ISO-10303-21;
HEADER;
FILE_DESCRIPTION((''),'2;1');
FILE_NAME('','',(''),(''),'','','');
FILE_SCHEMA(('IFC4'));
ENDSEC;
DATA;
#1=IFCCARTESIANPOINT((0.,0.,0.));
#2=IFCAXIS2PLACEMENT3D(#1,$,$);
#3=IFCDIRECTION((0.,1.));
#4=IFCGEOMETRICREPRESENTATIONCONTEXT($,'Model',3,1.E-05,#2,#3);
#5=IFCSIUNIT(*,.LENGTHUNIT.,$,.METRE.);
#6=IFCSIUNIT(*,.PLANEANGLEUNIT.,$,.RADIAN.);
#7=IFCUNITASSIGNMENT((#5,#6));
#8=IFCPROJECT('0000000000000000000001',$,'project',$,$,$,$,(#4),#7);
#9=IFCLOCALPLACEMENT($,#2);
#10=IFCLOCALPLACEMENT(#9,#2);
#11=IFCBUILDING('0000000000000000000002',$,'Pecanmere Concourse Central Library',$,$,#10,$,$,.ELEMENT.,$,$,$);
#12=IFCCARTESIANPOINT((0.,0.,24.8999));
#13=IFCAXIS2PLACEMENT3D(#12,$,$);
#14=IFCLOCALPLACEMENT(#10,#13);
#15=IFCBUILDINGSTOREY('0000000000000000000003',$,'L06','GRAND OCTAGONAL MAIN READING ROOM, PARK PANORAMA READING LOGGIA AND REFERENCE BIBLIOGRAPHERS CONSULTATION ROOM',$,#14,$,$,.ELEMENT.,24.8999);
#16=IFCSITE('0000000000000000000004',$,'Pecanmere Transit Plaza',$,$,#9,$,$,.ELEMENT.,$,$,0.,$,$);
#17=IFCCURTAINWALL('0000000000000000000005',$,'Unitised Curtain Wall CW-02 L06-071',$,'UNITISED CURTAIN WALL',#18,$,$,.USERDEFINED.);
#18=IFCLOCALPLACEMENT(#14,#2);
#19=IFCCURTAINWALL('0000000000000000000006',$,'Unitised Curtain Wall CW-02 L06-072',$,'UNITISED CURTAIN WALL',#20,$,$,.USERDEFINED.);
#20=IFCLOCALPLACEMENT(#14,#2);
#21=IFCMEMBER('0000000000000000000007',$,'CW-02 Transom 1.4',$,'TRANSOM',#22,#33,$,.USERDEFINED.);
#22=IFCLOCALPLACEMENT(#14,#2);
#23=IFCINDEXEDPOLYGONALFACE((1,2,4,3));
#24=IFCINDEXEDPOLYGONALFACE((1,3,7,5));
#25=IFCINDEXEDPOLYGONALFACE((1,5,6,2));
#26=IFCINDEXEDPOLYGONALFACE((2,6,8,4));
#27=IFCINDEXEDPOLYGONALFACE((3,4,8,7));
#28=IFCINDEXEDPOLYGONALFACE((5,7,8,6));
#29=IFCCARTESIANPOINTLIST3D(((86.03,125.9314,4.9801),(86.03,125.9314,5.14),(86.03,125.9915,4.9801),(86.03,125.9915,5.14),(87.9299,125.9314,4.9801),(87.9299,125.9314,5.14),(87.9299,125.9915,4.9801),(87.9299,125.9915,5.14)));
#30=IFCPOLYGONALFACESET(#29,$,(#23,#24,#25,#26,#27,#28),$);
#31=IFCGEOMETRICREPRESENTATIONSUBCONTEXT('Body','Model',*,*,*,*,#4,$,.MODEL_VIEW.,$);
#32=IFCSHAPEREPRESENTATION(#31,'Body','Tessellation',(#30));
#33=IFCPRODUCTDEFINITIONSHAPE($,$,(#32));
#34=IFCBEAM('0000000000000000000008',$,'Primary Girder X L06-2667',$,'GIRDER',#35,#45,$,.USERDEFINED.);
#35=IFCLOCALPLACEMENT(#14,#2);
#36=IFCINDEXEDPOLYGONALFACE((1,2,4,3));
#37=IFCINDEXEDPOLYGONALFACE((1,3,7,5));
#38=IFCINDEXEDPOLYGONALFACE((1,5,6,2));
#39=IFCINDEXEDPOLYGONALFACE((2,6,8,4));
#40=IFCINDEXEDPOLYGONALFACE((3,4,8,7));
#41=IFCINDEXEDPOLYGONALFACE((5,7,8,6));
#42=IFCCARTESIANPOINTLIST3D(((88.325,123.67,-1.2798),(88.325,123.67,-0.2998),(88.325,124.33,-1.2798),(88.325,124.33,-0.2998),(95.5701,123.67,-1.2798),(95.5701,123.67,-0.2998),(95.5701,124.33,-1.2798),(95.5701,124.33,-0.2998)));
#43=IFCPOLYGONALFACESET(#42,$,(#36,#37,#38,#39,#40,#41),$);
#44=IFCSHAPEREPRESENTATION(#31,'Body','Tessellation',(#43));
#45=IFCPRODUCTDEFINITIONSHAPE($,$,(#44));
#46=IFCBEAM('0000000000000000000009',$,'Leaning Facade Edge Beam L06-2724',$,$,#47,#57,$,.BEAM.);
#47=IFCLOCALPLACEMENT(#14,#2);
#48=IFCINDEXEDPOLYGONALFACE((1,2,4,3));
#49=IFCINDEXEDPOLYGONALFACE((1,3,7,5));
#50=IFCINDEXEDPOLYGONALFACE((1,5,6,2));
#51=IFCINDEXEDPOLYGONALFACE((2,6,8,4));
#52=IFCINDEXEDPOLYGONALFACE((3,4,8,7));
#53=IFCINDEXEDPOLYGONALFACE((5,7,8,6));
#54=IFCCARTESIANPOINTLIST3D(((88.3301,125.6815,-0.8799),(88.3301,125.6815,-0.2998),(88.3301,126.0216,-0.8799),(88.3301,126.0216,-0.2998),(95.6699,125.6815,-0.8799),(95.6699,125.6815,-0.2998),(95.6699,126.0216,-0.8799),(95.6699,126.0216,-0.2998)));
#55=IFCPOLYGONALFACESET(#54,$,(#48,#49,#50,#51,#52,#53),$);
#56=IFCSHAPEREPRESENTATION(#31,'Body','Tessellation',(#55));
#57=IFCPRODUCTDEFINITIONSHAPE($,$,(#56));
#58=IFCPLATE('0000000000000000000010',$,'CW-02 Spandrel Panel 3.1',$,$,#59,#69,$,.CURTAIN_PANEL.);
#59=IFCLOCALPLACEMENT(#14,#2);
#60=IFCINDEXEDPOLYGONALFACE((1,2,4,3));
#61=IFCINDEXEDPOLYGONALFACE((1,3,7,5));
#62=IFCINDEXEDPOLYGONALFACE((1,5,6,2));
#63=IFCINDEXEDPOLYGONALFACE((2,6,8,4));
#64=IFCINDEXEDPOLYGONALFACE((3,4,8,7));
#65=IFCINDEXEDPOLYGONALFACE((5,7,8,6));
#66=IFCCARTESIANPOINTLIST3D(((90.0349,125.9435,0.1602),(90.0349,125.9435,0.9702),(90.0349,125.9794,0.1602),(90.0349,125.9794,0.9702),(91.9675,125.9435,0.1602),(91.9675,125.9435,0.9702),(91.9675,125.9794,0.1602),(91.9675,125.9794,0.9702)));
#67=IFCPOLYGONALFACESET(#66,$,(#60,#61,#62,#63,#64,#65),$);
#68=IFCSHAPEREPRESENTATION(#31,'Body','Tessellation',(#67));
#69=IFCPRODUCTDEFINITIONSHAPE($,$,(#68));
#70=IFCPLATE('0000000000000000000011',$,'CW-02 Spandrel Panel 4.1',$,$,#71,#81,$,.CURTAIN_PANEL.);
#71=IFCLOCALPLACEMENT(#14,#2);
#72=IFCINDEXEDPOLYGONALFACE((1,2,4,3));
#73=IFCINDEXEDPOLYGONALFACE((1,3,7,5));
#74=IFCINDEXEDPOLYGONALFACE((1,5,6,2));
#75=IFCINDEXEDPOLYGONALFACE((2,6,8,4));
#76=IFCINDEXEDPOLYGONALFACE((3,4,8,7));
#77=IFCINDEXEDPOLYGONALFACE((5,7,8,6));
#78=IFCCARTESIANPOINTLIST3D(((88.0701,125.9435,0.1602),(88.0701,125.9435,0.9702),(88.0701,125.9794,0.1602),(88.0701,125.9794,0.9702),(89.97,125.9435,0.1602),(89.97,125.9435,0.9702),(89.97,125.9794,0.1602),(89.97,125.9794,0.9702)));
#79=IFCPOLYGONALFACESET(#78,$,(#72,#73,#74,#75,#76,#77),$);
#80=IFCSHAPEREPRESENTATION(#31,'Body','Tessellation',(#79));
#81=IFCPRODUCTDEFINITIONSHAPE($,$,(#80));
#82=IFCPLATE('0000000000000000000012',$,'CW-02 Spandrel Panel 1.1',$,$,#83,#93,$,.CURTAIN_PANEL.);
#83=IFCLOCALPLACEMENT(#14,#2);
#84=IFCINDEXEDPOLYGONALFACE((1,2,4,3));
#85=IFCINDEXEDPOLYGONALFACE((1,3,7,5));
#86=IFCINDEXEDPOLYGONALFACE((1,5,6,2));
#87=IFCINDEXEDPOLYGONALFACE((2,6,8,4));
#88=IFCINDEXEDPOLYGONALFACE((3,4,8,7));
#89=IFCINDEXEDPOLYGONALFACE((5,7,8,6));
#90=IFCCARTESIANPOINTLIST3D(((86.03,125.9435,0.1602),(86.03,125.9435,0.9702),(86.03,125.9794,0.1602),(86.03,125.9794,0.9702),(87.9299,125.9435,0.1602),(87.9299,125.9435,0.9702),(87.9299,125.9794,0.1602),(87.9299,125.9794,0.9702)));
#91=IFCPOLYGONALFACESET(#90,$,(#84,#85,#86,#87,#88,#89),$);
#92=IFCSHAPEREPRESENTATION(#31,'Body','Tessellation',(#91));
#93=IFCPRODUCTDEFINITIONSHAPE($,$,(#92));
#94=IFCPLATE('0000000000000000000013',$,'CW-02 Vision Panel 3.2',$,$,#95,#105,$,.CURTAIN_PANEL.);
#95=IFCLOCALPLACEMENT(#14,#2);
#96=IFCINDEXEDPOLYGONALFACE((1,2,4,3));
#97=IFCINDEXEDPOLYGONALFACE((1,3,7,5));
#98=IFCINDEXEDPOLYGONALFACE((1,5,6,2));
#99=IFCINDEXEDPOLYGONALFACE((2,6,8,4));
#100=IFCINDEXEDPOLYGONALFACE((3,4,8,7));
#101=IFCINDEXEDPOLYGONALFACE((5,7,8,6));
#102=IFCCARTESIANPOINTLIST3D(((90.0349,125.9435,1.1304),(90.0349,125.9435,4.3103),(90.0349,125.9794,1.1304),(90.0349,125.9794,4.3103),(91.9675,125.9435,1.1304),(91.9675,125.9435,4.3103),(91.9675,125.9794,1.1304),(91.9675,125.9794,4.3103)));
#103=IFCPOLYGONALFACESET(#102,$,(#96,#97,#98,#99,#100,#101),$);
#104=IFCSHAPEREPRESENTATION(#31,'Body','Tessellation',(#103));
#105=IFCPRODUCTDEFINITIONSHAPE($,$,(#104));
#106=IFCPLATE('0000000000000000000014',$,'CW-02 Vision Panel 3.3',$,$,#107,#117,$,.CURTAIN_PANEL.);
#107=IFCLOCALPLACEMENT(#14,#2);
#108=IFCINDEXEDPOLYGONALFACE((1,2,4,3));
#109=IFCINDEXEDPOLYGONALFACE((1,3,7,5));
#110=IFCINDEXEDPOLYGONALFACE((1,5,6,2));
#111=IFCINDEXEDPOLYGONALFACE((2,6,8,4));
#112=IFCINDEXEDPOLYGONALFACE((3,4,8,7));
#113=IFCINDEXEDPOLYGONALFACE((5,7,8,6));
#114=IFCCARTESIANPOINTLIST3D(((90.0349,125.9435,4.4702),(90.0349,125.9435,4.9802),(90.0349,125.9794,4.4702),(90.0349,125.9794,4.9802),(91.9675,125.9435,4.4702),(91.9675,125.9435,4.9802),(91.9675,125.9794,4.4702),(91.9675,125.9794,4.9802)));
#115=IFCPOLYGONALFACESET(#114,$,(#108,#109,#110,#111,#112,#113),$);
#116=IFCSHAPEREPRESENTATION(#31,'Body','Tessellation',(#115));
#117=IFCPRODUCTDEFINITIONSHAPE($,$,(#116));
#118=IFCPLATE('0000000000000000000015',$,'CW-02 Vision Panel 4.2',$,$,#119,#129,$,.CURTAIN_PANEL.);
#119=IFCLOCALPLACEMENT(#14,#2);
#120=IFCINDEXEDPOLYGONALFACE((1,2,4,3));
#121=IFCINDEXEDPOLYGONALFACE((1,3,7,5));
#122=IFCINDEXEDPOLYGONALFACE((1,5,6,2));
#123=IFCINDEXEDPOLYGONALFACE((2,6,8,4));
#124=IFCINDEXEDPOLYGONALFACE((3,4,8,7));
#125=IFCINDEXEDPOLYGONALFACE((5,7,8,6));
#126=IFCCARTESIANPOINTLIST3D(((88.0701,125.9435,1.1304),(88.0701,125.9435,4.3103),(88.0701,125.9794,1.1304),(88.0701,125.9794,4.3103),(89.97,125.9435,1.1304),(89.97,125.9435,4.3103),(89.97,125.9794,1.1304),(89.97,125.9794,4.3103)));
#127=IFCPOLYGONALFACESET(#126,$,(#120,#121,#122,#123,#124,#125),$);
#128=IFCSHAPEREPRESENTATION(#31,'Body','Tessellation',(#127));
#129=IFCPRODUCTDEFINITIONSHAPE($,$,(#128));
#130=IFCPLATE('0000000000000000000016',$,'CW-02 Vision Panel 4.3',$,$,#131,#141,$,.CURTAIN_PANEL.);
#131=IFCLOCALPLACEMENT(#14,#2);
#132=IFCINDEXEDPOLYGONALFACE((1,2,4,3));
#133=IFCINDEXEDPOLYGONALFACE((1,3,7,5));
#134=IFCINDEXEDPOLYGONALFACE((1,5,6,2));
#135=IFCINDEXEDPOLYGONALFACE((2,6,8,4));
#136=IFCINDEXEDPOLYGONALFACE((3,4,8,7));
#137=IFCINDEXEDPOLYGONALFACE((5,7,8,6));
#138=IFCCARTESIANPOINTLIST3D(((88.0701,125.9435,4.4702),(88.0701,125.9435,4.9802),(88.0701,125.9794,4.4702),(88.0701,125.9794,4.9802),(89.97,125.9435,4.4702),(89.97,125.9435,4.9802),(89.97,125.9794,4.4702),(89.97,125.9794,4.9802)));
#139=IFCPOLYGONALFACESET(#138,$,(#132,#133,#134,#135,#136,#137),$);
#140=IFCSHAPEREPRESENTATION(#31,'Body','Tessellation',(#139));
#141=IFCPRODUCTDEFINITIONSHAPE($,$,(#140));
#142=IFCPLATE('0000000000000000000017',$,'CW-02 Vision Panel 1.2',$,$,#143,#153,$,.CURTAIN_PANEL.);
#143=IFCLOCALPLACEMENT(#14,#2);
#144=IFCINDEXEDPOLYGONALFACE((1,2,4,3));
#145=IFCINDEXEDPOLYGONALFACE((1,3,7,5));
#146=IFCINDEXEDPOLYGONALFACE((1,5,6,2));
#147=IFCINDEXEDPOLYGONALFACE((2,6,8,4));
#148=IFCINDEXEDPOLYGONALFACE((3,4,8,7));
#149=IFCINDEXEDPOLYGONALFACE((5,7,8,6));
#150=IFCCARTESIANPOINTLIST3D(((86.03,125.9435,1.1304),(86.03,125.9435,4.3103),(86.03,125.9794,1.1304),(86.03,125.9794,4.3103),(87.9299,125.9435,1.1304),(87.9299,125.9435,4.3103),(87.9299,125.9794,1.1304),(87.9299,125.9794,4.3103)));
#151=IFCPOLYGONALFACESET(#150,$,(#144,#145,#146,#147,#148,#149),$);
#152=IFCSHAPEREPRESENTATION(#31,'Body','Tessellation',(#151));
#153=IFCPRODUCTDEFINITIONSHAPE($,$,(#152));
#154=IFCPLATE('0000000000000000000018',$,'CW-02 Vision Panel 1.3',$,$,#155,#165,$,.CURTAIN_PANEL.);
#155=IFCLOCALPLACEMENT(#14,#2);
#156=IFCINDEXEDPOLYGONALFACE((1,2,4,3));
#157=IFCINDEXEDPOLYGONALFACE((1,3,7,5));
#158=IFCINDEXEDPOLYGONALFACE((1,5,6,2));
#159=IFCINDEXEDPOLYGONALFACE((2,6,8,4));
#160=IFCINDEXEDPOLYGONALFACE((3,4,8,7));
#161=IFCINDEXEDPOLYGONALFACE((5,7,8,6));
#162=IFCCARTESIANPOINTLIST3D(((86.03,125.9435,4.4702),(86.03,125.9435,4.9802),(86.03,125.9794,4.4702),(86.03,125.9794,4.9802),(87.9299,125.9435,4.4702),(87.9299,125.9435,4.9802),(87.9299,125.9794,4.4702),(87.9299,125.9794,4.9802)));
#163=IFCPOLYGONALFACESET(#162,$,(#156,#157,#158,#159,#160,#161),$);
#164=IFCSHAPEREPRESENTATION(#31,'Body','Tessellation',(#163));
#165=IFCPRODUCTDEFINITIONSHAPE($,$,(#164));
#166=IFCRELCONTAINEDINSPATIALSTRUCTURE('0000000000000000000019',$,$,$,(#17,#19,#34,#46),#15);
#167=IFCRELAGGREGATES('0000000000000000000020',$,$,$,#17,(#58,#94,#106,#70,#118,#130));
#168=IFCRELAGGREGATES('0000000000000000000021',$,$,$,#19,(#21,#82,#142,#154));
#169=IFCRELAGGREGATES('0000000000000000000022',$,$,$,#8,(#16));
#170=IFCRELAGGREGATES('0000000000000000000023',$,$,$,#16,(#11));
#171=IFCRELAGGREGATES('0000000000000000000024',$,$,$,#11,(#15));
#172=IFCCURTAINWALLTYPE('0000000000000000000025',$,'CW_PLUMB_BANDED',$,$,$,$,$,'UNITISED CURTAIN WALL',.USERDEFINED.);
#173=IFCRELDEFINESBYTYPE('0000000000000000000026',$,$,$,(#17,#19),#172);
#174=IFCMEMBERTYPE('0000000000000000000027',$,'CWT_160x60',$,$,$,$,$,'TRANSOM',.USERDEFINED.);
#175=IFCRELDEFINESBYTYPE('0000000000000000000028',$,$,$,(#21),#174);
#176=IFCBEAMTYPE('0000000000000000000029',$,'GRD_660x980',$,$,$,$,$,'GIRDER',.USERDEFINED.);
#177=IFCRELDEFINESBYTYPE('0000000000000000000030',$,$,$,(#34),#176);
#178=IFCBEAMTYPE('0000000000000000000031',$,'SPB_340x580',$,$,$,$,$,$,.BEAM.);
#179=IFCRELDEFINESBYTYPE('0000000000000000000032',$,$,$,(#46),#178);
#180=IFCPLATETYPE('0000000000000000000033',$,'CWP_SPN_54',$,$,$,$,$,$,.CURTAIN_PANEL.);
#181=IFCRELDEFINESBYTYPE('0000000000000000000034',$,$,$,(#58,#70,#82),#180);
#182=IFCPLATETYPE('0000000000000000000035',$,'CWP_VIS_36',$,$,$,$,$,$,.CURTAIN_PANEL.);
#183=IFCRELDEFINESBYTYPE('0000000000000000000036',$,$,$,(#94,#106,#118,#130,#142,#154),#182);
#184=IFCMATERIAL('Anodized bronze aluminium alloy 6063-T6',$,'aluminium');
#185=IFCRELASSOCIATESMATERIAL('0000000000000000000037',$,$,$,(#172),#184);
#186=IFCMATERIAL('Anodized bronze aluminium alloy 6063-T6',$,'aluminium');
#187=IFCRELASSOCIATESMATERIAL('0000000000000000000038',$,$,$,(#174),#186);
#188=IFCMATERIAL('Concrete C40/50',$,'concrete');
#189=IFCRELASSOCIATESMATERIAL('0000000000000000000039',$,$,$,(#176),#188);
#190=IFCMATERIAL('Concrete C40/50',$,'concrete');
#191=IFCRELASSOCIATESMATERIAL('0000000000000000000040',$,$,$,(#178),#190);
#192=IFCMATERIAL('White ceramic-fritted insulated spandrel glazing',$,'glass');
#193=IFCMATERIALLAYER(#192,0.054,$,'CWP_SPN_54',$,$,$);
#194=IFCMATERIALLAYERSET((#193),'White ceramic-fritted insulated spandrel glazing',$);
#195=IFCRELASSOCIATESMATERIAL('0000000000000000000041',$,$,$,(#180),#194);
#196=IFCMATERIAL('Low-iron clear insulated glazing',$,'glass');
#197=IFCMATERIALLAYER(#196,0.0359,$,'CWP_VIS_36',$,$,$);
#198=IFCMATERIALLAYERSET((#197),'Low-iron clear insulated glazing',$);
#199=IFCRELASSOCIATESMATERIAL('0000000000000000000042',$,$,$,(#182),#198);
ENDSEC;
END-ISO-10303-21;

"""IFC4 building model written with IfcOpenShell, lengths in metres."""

from ifc_helpers import new_model, si_unit, direction, frame, origin, origin_2d, place, context, subcontext, project, spatial, rectangle, extrude, material, layer, layer_set, material_profile, profile_set, type_object, element, aggregate, save


model = new_model("IFC4")

# Units and contexts
model_context = context("Model", 3, precision=1e-05, world=origin(), true_north=direction((0.0, 1.0)))
body_context = subcontext(model_context, "Body", "Model", "MODEL_VIEW")
ifc_project = project(units=[si_unit("LENGTHUNIT", "METRE"), si_unit("PLANEANGLEUNIT", "RADIAN")], contexts=[model_context])

# Site, building, storey
site_placement = place(None, origin())
site = spatial("IfcSite", under=ifc_project, at=site_placement, Name="Pecanmere Transit Plaza", CompositionType="ELEMENT", RefElevation=0.0)
building_placement = place(site_placement, origin())
building = spatial("IfcBuilding", under=site, at=building_placement, Name="Pecanmere Concourse Central Library", CompositionType="ELEMENT")
storey_placement = place(building_placement, frame((0.0, 0.0, 24.8999)))
storey = spatial("IfcBuildingStorey", under=building, at=storey_placement, Name="L06", Description="GRAND OCTAGONAL MAIN READING ROOM, PARK PANORAMA READING LOGGIA AND REFERENCE BIBLIOGRAPHERS CONSULTATION ROOM", CompositionType="ELEMENT", Elevation=24.8999)

# Curtain walls
ifc_material_1 = material(Name="Anodized bronze aluminium alloy 6063-T6", Category="aluminium")
curtain_wall_type = type_object("IfcCurtainWallType", Name="CW_PLUMB_BANDED", ElementType="UNITISED CURTAIN WALL", PredefinedType="USERDEFINED", material=ifc_material_1)
curtain_wall_1_placement = place(storey_placement, origin())
curtain_wall_1 = element("IfcCurtainWall", 1, at=curtain_wall_1_placement, inside=storey, type_object=curtain_wall_type, Name="Unitised Curtain Wall CW-02 L06-071", ObjectType="UNITISED CURTAIN WALL", PredefinedType="USERDEFINED")
curtain_wall_2_placement = place(storey_placement, origin())
curtain_wall_2 = element("IfcCurtainWall", 2, at=curtain_wall_2_placement, inside=storey, type_object=curtain_wall_type, Name="Unitised Curtain Wall CW-02 L06-072", ObjectType="UNITISED CURTAIN WALL", PredefinedType="USERDEFINED")

# Member
ifc_material_2 = material(Name="Anodized bronze aluminium alloy 6063-T6", Category="aluminium")
ifc_material_profile_1 = material_profile(ifc_material_2, rectangle(XDim=0.0601, YDim=0.1599, at=origin_2d()), Name="AL 60x160")
ifc_profile_set_1 = profile_set([ifc_material_profile_1], Name="Anodized bronze aluminium alloy 6063-T6")
member_type_1 = type_object("IfcMemberType", Name="CWT_160x60", ElementType="TRANSOM", PredefinedType="USERDEFINED", material=ifc_profile_set_1)
member_1_placement = place(storey_placement, frame((87.9299, 125.9614, 5.0601), z_axis=(-1.0, 0.0, 0.0), x_axis=(0.0, -1.0, 0.0)))
member_1 = element("IfcMember", 3, at=member_1_placement, type_object=member_type_1, Name="CW-02 Transom 1.4", ObjectType="TRANSOM", PredefinedType="USERDEFINED", context=body_context, shape_type="SweptSolid", body=[
    extrude(rectangle(XDim=0.0601, YDim=0.1599, at=origin_2d()), origin(), (0.0, 0.0, 1.0), 1.8999),
])

# Beams
ifc_material_3 = material(Name="Concrete C40/50", Category="concrete")
ifc_material_profile_2 = material_profile(ifc_material_3, rectangle(XDim=0.6599, YDim=0.98, at=origin_2d()), Name="RC 660x980")
ifc_profile_set_2 = profile_set([ifc_material_profile_2], Name="Concrete C40/50")
beam_type_1 = type_object("IfcBeamType", Name="GRD_660x980", ElementType="GIRDER", PredefinedType="USERDEFINED", material=ifc_profile_set_2)
beam_1_placement = place(storey_placement, frame((88.325, 124.0, -0.7898), z_axis=(1.0, 0.0, 0.0), x_axis=(0.0, 1.0, 0.0)))
element("IfcBeam", 4, at=beam_1_placement, inside=storey, type_object=beam_type_1, Name="Primary Girder X L06-2667", ObjectType="GIRDER", PredefinedType="USERDEFINED", context=body_context, shape_type="SweptSolid", body=[
    extrude(rectangle(XDim=0.6599, YDim=0.98, at=origin_2d()), origin(), (0.0, 0.0, 1.0), 7.2451),
])
ifc_material_4 = material(Name="Concrete C40/50", Category="concrete")
ifc_material_profile_3 = material_profile(ifc_material_4, rectangle(XDim=0.3401, YDim=0.5801, at=origin_2d()), Name="RC 340x580")
ifc_profile_set_3 = profile_set([ifc_material_profile_3], Name="Concrete C40/50")
beam_type_2 = type_object("IfcBeamType", Name="SPB_340x580", PredefinedType="BEAM", material=ifc_profile_set_3)
beam_2_placement = place(storey_placement, frame((88.3301, 125.8516, -0.5898), z_axis=(1.0, 0.0, 0.0), x_axis=(0.0, 1.0, 0.0)))
element("IfcBeam", 5, at=beam_2_placement, inside=storey, type_object=beam_type_2, Name="Leaning Facade Edge Beam L06-2724", PredefinedType="BEAM", context=body_context, shape_type="SweptSolid", body=[
    extrude(rectangle(XDim=0.3401, YDim=0.5801, at=origin_2d()), origin(), (0.0, 0.0, 1.0), 7.3398),
])

# Plates
ifc_material_5 = material(Name="White ceramic-fritted insulated spandrel glazing", Category="glass")
ifc_layer_1 = layer(ifc_material_5, 0.054, Name="CWP_SPN_54")
ifc_layer_set_1 = layer_set([ifc_layer_1], Name="White ceramic-fritted insulated spandrel glazing")
plate_type_1 = type_object("IfcPlateType", Name="CWP_SPN_54", PredefinedType="CURTAIN_PANEL", material=ifc_layer_set_1)
plate_1_placement = place(storey_placement, frame((91.0012, 125.9614, 0.1602), z_axis=(0.0, 0.0, 1.0), x_axis=(-1.0, 0.0, 0.0)))
plate_1 = element("IfcPlate", 6, at=plate_1_placement, type_object=plate_type_1, Name="CW-02 Spandrel Panel 3.1", PredefinedType="CURTAIN_PANEL", context=body_context, shape_type="SweptSolid", body=[
    extrude(rectangle(XDim=1.9326, YDim=0.0359, at=origin_2d()), origin(), (0.0, 0.0, 1.0), 0.8101),
])
plate_2_placement = place(storey_placement, frame((89.02, 125.9614, 0.1602), z_axis=(0.0, 0.0, 1.0), x_axis=(-1.0, 0.0, 0.0)))
plate_2 = element("IfcPlate", 7, at=plate_2_placement, type_object=plate_type_1, Name="CW-02 Spandrel Panel 4.1", PredefinedType="CURTAIN_PANEL", context=body_context, shape_type="SweptSolid", body=[
    extrude(rectangle(XDim=1.8999, YDim=0.0359, at=origin_2d()), origin(), (0.0, 0.0, 1.0), 0.8101),
])
plate_3_placement = place(storey_placement, frame((86.98, 125.9614, 0.1602), z_axis=(0.0, 0.0, 1.0), x_axis=(-1.0, 0.0, 0.0)))
plate_3 = element("IfcPlate", 8, at=plate_3_placement, type_object=plate_type_1, Name="CW-02 Spandrel Panel 1.1", PredefinedType="CURTAIN_PANEL", context=body_context, shape_type="SweptSolid", body=[
    extrude(rectangle(XDim=1.8999, YDim=0.0359, at=origin_2d()), origin(), (0.0, 0.0, 1.0), 0.8101),
])
ifc_material_6 = material(Name="Low-iron clear insulated glazing", Category="glass")
ifc_layer_2 = layer(ifc_material_6, 0.0359, Name="CWP_VIS_36")
ifc_layer_set_2 = layer_set([ifc_layer_2], Name="Low-iron clear insulated glazing")
plate_type_2 = type_object("IfcPlateType", Name="CWP_VIS_36", PredefinedType="CURTAIN_PANEL", material=ifc_layer_set_2)
plate_4_placement = place(storey_placement, frame((91.0012, 125.9614, 1.1304), z_axis=(0.0, 0.0, 1.0), x_axis=(-1.0, 0.0, 0.0)))
plate_4 = element("IfcPlate", 9, at=plate_4_placement, type_object=plate_type_2, Name="CW-02 Vision Panel 3.2", PredefinedType="CURTAIN_PANEL", context=body_context, shape_type="SweptSolid", body=[
    extrude(rectangle(XDim=1.9326, YDim=0.0359, at=origin_2d()), origin(), (0.0, 0.0, 1.0), 3.1799),
])
plate_5_placement = place(storey_placement, frame((91.0012, 125.9614, 4.4702), z_axis=(0.0, 0.0, 1.0), x_axis=(-1.0, 0.0, 0.0)))
plate_5 = element("IfcPlate", 10, at=plate_5_placement, type_object=plate_type_2, Name="CW-02 Vision Panel 3.3", PredefinedType="CURTAIN_PANEL", context=body_context, shape_type="SweptSolid", body=[
    extrude(rectangle(XDim=1.9326, YDim=0.0359, at=origin_2d()), origin(), (0.0, 0.0, 1.0), 0.51),
])
plate_6_placement = place(storey_placement, frame((89.02, 125.9614, 1.1304), z_axis=(0.0, 0.0, 1.0), x_axis=(-1.0, 0.0, 0.0)))
plate_6 = element("IfcPlate", 11, at=plate_6_placement, type_object=plate_type_2, Name="CW-02 Vision Panel 4.2", PredefinedType="CURTAIN_PANEL", context=body_context, shape_type="SweptSolid", body=[
    extrude(rectangle(XDim=1.8999, YDim=0.0359, at=origin_2d()), origin(), (0.0, 0.0, 1.0), 3.1799),
])
plate_7_placement = place(storey_placement, frame((89.02, 125.9614, 4.4702), z_axis=(0.0, 0.0, 1.0), x_axis=(-1.0, 0.0, 0.0)))
plate_7 = element("IfcPlate", 12, at=plate_7_placement, type_object=plate_type_2, Name="CW-02 Vision Panel 4.3", PredefinedType="CURTAIN_PANEL", context=body_context, shape_type="SweptSolid", body=[
    extrude(rectangle(XDim=1.8999, YDim=0.0359, at=origin_2d()), origin(), (0.0, 0.0, 1.0), 0.51),
])
aggregate(curtain_wall_1, [plate_1, plate_4, plate_5, plate_2, plate_6, plate_7])
plate_8_placement = place(storey_placement, frame((86.98, 125.9614, 1.1304), z_axis=(0.0, 0.0, 1.0), x_axis=(-1.0, 0.0, 0.0)))
plate_8 = element("IfcPlate", 13, at=plate_8_placement, type_object=plate_type_2, Name="CW-02 Vision Panel 1.2", PredefinedType="CURTAIN_PANEL", context=body_context, shape_type="SweptSolid", body=[
    extrude(rectangle(XDim=1.8999, YDim=0.0359, at=origin_2d()), origin(), (0.0, 0.0, 1.0), 3.1799),
])
plate_9_placement = place(storey_placement, frame((86.98, 125.9614, 4.4702), z_axis=(0.0, 0.0, 1.0), x_axis=(-1.0, 0.0, 0.0)))
plate_9 = element("IfcPlate", 14, at=plate_9_placement, type_object=plate_type_2, Name="CW-02 Vision Panel 1.3", PredefinedType="CURTAIN_PANEL", context=body_context, shape_type="SweptSolid", body=[
    extrude(rectangle(XDim=1.8999, YDim=0.0359, at=origin_2d()), origin(), (0.0, 0.0, 1.0), 0.51),
])
aggregate(curtain_wall_2, [member_1, plate_3, plate_8, plate_9])

save(model, "model.ifc")
